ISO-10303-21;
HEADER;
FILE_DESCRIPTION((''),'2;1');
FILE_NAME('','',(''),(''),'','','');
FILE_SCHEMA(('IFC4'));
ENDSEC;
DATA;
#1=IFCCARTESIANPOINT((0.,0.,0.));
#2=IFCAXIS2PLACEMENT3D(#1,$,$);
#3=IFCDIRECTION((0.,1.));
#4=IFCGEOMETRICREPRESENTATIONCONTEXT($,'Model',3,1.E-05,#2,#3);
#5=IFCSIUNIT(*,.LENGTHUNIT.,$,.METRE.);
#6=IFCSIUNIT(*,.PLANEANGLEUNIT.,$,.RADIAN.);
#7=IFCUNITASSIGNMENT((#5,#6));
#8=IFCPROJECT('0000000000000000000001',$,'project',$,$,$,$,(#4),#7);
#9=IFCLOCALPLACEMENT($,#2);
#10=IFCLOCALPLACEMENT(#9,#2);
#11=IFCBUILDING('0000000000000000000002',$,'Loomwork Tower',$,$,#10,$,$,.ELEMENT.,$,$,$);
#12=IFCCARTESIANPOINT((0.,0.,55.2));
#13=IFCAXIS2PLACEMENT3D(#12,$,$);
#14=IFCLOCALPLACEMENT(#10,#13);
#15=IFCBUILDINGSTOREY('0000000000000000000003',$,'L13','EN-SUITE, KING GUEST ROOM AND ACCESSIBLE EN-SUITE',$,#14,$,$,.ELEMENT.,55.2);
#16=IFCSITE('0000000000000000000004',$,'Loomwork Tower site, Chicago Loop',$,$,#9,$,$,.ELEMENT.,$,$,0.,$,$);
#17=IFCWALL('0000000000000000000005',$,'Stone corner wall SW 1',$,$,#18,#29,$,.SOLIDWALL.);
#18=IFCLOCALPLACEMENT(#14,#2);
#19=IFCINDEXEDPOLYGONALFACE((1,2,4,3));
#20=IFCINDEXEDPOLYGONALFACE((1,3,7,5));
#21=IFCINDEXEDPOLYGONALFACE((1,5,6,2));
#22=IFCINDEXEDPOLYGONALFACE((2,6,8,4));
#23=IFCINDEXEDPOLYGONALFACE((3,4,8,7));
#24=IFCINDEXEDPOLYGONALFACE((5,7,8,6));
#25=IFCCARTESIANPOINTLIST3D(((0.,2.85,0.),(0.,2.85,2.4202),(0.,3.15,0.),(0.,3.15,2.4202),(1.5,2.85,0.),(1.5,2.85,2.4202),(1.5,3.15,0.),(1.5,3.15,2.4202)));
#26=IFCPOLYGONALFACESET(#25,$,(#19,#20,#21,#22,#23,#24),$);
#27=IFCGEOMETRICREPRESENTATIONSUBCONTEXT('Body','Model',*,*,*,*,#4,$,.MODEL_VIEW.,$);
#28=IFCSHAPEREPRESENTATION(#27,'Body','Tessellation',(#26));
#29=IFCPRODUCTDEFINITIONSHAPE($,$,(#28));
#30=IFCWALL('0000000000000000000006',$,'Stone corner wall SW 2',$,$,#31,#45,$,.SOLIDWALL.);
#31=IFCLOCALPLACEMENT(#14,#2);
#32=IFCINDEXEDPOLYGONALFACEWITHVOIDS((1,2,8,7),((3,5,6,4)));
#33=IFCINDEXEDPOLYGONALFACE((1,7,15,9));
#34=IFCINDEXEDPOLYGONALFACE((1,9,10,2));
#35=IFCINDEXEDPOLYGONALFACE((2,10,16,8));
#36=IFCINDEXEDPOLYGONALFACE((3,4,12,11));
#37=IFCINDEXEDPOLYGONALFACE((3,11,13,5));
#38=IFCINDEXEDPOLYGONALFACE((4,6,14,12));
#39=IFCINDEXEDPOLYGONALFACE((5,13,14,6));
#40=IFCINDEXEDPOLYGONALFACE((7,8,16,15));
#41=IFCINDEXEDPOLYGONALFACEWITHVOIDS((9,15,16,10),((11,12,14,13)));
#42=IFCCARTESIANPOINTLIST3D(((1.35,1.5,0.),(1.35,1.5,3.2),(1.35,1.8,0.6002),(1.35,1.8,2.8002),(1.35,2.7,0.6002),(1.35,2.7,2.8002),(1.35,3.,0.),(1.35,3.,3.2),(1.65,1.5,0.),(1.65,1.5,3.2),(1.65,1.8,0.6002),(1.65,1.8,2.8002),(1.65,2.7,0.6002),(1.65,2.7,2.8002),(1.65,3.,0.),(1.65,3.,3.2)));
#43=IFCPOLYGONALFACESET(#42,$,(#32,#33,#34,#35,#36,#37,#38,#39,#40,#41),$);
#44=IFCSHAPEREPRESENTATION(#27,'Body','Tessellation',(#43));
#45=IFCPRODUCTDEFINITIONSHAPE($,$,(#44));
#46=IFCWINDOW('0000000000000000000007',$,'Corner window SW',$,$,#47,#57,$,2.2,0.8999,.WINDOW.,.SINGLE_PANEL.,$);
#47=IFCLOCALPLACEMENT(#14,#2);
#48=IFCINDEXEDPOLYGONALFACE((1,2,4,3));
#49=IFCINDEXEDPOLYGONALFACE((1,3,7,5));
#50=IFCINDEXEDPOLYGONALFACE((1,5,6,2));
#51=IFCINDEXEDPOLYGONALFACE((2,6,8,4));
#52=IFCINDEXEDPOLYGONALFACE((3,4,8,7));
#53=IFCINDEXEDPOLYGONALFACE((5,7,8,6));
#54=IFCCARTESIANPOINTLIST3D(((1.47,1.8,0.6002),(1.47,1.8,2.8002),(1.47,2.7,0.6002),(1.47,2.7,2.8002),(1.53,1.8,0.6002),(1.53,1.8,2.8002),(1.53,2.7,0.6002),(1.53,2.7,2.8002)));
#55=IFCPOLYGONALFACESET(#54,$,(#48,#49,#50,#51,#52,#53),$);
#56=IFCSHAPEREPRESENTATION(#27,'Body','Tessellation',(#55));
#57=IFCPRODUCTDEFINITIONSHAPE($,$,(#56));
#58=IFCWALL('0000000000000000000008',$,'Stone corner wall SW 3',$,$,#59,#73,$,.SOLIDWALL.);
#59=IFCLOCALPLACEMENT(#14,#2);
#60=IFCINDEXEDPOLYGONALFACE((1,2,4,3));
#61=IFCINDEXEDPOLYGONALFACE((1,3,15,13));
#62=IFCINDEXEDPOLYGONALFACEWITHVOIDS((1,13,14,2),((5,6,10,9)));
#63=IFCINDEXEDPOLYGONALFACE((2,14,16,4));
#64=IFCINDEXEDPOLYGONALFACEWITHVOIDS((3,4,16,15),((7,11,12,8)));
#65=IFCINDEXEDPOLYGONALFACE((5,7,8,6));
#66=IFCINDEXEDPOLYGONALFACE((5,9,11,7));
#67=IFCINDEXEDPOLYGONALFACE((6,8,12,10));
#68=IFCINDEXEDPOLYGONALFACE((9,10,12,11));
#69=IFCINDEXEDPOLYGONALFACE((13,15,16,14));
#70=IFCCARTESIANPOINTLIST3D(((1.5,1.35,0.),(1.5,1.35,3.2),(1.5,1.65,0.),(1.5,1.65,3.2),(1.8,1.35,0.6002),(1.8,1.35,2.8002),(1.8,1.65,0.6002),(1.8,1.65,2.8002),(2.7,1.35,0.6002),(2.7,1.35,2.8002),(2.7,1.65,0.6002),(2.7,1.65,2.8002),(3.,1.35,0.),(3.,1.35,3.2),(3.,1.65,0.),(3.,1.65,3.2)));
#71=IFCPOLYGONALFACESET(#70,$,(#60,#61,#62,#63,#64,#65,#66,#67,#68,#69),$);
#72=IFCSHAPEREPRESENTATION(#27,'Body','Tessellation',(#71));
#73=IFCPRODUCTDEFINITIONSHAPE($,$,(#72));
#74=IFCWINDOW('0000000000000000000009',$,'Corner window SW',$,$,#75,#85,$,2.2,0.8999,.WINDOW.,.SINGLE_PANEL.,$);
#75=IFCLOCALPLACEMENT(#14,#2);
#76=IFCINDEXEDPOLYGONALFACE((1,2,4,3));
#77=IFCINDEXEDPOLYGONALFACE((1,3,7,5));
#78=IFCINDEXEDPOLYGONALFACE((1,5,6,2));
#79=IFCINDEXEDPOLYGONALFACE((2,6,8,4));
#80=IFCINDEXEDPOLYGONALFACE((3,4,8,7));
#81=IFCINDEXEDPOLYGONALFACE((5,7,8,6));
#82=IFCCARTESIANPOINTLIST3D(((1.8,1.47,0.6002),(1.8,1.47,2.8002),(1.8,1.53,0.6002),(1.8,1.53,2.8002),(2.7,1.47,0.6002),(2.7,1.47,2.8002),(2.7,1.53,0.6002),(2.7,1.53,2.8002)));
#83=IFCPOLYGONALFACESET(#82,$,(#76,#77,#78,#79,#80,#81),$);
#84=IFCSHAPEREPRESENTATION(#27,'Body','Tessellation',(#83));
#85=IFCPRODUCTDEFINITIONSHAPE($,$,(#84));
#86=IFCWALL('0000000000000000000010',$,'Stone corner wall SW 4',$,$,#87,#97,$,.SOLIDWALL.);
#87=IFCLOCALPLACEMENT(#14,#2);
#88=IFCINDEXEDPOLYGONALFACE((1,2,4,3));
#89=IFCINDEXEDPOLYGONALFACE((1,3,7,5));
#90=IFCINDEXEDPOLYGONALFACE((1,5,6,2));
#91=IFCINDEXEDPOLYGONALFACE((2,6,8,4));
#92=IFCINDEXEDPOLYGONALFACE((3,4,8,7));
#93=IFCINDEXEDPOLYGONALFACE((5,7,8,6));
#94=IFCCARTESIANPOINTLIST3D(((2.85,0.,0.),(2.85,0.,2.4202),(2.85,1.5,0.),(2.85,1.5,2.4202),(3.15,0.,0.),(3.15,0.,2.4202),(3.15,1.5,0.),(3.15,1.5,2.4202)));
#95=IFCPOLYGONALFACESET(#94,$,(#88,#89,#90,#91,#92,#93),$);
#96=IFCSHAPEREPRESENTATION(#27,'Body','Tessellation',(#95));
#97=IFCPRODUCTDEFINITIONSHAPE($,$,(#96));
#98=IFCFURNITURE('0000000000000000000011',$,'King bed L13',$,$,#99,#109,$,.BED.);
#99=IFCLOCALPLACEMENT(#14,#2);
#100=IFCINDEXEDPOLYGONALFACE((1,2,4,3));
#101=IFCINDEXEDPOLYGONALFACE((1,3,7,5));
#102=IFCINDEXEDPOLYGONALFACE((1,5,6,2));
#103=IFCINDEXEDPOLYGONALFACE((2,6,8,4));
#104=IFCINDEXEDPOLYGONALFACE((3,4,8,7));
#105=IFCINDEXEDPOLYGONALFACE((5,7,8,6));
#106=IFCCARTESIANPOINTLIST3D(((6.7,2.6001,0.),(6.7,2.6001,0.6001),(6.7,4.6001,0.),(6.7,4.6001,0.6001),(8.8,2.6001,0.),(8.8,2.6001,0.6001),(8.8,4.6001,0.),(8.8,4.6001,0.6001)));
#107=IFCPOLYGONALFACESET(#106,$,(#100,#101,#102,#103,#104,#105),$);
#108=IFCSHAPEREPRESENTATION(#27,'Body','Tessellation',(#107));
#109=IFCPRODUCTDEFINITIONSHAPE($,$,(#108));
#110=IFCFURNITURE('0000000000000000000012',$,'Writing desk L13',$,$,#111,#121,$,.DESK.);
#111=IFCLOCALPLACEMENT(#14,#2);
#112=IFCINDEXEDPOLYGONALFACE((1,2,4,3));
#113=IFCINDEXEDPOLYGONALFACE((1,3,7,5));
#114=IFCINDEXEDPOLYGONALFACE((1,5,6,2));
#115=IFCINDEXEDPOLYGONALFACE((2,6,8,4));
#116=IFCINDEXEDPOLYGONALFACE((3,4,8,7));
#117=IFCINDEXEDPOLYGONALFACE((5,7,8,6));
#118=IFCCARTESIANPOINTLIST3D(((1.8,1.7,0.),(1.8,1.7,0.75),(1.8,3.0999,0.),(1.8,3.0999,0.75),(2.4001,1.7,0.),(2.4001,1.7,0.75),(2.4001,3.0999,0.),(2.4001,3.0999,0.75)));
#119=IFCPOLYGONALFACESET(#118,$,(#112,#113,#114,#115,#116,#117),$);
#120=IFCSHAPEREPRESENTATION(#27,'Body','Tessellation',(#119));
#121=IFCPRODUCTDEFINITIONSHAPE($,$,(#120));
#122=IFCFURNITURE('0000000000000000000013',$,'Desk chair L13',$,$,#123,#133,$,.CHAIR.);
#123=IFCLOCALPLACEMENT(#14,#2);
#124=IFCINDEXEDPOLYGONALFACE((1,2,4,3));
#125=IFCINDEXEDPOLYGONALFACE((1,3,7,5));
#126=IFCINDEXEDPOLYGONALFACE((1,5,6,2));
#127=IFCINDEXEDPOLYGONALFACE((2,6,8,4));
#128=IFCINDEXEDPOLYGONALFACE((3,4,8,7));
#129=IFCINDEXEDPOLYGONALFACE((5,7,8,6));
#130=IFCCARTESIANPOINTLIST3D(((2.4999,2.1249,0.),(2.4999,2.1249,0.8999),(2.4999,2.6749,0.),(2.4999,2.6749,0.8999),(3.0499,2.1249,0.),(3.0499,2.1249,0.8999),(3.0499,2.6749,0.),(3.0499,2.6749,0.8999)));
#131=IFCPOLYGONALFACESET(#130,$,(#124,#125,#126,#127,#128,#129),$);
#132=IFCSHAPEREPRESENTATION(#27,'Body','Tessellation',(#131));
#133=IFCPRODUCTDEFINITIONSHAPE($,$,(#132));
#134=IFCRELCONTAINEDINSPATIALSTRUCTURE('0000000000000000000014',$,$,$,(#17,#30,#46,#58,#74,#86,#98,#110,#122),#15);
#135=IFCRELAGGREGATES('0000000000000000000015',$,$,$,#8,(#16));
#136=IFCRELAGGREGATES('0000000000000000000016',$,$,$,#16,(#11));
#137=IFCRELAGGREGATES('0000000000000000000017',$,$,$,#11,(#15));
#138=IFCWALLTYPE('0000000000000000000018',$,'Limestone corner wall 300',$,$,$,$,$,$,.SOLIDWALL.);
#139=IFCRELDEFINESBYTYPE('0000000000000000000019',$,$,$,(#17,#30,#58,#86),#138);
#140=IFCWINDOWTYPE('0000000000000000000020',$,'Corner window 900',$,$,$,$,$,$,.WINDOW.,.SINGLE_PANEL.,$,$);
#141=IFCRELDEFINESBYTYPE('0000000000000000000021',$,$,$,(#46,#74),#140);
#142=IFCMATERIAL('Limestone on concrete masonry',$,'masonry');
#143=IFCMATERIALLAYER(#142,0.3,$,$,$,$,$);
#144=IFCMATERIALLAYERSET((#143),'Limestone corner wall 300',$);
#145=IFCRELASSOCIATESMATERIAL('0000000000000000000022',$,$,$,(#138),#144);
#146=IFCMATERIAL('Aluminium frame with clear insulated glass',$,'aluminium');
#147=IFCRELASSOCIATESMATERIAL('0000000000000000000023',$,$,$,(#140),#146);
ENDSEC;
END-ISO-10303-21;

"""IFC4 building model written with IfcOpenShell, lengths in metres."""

from ifc_helpers import new_model, si_unit, direction, frame, frame_2d, origin, origin_2d, place, context, subcontext, project, spatial, rectangle, extrude, material, layer, layer_set, type_object, element, fill, save


model = new_model("IFC4")

# Units and contexts
model_context = context("Model", 3, precision=1e-05, world=origin(), true_north=direction((0.0, 1.0)))
body_context = subcontext(model_context, "Body", "Model", "MODEL_VIEW")
ifc_project = project(units=[si_unit("LENGTHUNIT", "METRE"), si_unit("PLANEANGLEUNIT", "RADIAN")], contexts=[model_context])

# Site, building, storey
site_placement = place(None, origin())
site = spatial("IfcSite", under=ifc_project, at=site_placement, Name="Loomwork Tower site, Chicago Loop", CompositionType="ELEMENT", RefElevation=0.0)
building_placement = place(site_placement, origin())
building = spatial("IfcBuilding", under=site, at=building_placement, Name="Loomwork Tower", CompositionType="ELEMENT")
storey_placement = place(building_placement, frame((0.0, 0.0, 55.2)))
storey = spatial("IfcBuildingStorey", under=building, at=storey_placement, Name="L13", Description="EN-SUITE, KING GUEST ROOM AND ACCESSIBLE EN-SUITE", CompositionType="ELEMENT", Elevation=55.2)

# Wall
ifc_material_1 = material(Name="Limestone on concrete masonry", Category="masonry")
ifc_layer_1 = layer(ifc_material_1, 0.3)
ifc_layer_set_1 = layer_set([ifc_layer_1], Name="Limestone corner wall 300")
wall_type_1 = type_object("IfcWallType", Name="Limestone corner wall 300", PredefinedType="SOLIDWALL", material=ifc_layer_set_1)
wall_1_placement = place(storey_placement, frame((0.0, 3.0, 0.0), z_axis=(0.0, 0.0, 1.0), x_axis=(1.0, 0.0, 0.0)))
element("IfcWall", 1, at=wall_1_placement, inside=storey, type_object=wall_type_1, Name="Stone corner wall SW 1", PredefinedType="SOLIDWALL", context=body_context, shape_type="SweptSolid", body=[
    extrude(rectangle(XDim=1.5, YDim=0.3, at=frame_2d((0.75, 0.0))), origin(), (0.0, 0.0, 1.0), 2.4202),
])

# Walls, openings, windows
wall_2_placement = place(storey_placement, frame((1.5, 3.0, 0.0), z_axis=(0.0, 0.0, 1.0), x_axis=(0.0, -1.0, 0.0)))
wall_2 = element("IfcWall", 2, at=wall_2_placement, inside=storey, type_object=wall_type_1, Name="Stone corner wall SW 2", PredefinedType="SOLIDWALL", context=body_context, shape_type="SweptSolid", body=[
    extrude(rectangle(XDim=1.5, YDim=0.3, at=frame_2d((0.75, 0.0))), origin(), (0.0, 0.0, 1.0), 3.2),
])
opening_1_placement = place(wall_2_placement, frame((0.3, 0.0, 0.6001)))
opening_1 = element("IfcOpeningElement", 3, at=opening_1_placement, cuts=wall_2, PredefinedType="OPENING", context=body_context, shape_type="SweptSolid", body=[
    extrude(rectangle(XDim=0.8999, YDim=2.2, at=frame_2d((0.45, 1.1001))), frame((0.0, 0.1599, 0.0), z_axis=(0.0, -1.0, 0.0), x_axis=(1.0, 0.0, 0.0)), (0.0, 0.0, 1.0), 0.3201),
])
ifc_material_2 = material(Name="Aluminium frame with clear insulated glass", Category="aluminium")
window_type_1 = type_object("IfcWindowType", Name="Corner window 900", PartitioningType="SINGLE_PANEL", PredefinedType="WINDOW", material=ifc_material_2)
window_1_placement = place(opening_1_placement, origin())
window_1 = element("IfcWindow", 4, at=window_1_placement, inside=storey, type_object=window_type_1, Name="Corner window SW", OverallHeight=2.2, OverallWidth=0.8999, PartitioningType="SINGLE_PANEL", PredefinedType="WINDOW", context=body_context, shape_type="SweptSolid", body=[
    extrude(rectangle(XDim=0.8999, YDim=2.2, at=frame_2d((0.45, 1.1001))), frame((0.0, 0.03, 0.0), z_axis=(0.0, -1.0, 0.0), x_axis=(1.0, 0.0, 0.0)), (0.0, 0.0, 1.0), 0.0601),
])
fill(opening_1, window_1)
wall_3_placement = place(storey_placement, frame((1.5, 1.5, 0.0), z_axis=(0.0, 0.0, 1.0), x_axis=(1.0, 0.0, 0.0)))
wall_3 = element("IfcWall", 5, at=wall_3_placement, inside=storey, type_object=wall_type_1, Name="Stone corner wall SW 3", PredefinedType="SOLIDWALL", context=body_context, shape_type="SweptSolid", body=[
    extrude(rectangle(XDim=1.5, YDim=0.3, at=frame_2d((0.75, 0.0))), origin(), (0.0, 0.0, 1.0), 3.2),
])
opening_2_placement = place(wall_3_placement, frame((0.3, 0.0, 0.6001)))
opening_2 = element("IfcOpeningElement", 6, at=opening_2_placement, cuts=wall_3, PredefinedType="OPENING", context=body_context, shape_type="SweptSolid", body=[
    extrude(rectangle(XDim=0.8999, YDim=2.2, at=frame_2d((0.45, 1.1001))), frame((0.0, 0.1599, 0.0), z_axis=(0.0, -1.0, 0.0), x_axis=(1.0, 0.0, 0.0)), (0.0, 0.0, 1.0), 0.3201),
])
window_2_placement = place(opening_2_placement, origin())
window_2 = element("IfcWindow", 7, at=window_2_placement, inside=storey, type_object=window_type_1, Name="Corner window SW", OverallHeight=2.2, OverallWidth=0.8999, PartitioningType="SINGLE_PANEL", PredefinedType="WINDOW", context=body_context, shape_type="SweptSolid", body=[
    extrude(rectangle(XDim=0.8999, YDim=2.2, at=frame_2d((0.45, 1.1001))), frame((0.0, 0.03, 0.0), z_axis=(0.0, -1.0, 0.0), x_axis=(1.0, 0.0, 0.0)), (0.0, 0.0, 1.0), 0.0601),
])
fill(opening_2, window_2)

# Wall
wall_4_placement = place(storey_placement, frame((3.0, 1.5, 0.0), z_axis=(0.0, 0.0, 1.0), x_axis=(0.0, -1.0, 0.0)))
element("IfcWall", 8, at=wall_4_placement, inside=storey, type_object=wall_type_1, Name="Stone corner wall SW 4", PredefinedType="SOLIDWALL", context=body_context, shape_type="SweptSolid", body=[
    extrude(rectangle(XDim=1.5, YDim=0.3, at=frame_2d((0.75, 0.0))), origin(), (0.0, 0.0, 1.0), 2.4202),
])

# Furniture
furniture_1_placement = place(storey_placement, frame((7.75, 3.6001, 0.0), z_axis=(0.0, 0.0, 1.0), x_axis=(1.0, 0.0, 0.0)))
element("IfcFurniture", 9, at=furniture_1_placement, inside=storey, Name="King bed L13", PredefinedType="BED", context=body_context, shape_type="SweptSolid", body=[
    extrude(rectangle(XDim=2.1001, YDim=2.0, at=origin_2d()), origin(), (0.0, 0.0, 1.0), 0.6001),
])
furniture_2_placement = place(storey_placement, frame((2.1001, 2.3999, 0.0), z_axis=(0.0, 0.0, 1.0), x_axis=(1.0, 0.0, 0.0)))
element("IfcFurniture", 10, at=furniture_2_placement, inside=storey, Name="Writing desk L13", PredefinedType="DESK", context=body_context, shape_type="SweptSolid", body=[
    extrude(rectangle(XDim=0.6001, YDim=1.3999, at=origin_2d()), origin(), (0.0, 0.0, 1.0), 0.75),
])
furniture_3_placement = place(storey_placement, frame((2.7749, 2.3999, 0.0), z_axis=(0.0, 0.0, 1.0), x_axis=(1.0, 0.0, 0.0)))
element("IfcFurniture", 11, at=furniture_3_placement, inside=storey, Name="Desk chair L13", PredefinedType="CHAIR", context=body_context, shape_type="SweptSolid", body=[
    extrude(rectangle(XDim=0.55, YDim=0.55, at=origin_2d()), origin(), (0.0, 0.0, 1.0), 0.8999),
])

save(model, "model.ifc")
